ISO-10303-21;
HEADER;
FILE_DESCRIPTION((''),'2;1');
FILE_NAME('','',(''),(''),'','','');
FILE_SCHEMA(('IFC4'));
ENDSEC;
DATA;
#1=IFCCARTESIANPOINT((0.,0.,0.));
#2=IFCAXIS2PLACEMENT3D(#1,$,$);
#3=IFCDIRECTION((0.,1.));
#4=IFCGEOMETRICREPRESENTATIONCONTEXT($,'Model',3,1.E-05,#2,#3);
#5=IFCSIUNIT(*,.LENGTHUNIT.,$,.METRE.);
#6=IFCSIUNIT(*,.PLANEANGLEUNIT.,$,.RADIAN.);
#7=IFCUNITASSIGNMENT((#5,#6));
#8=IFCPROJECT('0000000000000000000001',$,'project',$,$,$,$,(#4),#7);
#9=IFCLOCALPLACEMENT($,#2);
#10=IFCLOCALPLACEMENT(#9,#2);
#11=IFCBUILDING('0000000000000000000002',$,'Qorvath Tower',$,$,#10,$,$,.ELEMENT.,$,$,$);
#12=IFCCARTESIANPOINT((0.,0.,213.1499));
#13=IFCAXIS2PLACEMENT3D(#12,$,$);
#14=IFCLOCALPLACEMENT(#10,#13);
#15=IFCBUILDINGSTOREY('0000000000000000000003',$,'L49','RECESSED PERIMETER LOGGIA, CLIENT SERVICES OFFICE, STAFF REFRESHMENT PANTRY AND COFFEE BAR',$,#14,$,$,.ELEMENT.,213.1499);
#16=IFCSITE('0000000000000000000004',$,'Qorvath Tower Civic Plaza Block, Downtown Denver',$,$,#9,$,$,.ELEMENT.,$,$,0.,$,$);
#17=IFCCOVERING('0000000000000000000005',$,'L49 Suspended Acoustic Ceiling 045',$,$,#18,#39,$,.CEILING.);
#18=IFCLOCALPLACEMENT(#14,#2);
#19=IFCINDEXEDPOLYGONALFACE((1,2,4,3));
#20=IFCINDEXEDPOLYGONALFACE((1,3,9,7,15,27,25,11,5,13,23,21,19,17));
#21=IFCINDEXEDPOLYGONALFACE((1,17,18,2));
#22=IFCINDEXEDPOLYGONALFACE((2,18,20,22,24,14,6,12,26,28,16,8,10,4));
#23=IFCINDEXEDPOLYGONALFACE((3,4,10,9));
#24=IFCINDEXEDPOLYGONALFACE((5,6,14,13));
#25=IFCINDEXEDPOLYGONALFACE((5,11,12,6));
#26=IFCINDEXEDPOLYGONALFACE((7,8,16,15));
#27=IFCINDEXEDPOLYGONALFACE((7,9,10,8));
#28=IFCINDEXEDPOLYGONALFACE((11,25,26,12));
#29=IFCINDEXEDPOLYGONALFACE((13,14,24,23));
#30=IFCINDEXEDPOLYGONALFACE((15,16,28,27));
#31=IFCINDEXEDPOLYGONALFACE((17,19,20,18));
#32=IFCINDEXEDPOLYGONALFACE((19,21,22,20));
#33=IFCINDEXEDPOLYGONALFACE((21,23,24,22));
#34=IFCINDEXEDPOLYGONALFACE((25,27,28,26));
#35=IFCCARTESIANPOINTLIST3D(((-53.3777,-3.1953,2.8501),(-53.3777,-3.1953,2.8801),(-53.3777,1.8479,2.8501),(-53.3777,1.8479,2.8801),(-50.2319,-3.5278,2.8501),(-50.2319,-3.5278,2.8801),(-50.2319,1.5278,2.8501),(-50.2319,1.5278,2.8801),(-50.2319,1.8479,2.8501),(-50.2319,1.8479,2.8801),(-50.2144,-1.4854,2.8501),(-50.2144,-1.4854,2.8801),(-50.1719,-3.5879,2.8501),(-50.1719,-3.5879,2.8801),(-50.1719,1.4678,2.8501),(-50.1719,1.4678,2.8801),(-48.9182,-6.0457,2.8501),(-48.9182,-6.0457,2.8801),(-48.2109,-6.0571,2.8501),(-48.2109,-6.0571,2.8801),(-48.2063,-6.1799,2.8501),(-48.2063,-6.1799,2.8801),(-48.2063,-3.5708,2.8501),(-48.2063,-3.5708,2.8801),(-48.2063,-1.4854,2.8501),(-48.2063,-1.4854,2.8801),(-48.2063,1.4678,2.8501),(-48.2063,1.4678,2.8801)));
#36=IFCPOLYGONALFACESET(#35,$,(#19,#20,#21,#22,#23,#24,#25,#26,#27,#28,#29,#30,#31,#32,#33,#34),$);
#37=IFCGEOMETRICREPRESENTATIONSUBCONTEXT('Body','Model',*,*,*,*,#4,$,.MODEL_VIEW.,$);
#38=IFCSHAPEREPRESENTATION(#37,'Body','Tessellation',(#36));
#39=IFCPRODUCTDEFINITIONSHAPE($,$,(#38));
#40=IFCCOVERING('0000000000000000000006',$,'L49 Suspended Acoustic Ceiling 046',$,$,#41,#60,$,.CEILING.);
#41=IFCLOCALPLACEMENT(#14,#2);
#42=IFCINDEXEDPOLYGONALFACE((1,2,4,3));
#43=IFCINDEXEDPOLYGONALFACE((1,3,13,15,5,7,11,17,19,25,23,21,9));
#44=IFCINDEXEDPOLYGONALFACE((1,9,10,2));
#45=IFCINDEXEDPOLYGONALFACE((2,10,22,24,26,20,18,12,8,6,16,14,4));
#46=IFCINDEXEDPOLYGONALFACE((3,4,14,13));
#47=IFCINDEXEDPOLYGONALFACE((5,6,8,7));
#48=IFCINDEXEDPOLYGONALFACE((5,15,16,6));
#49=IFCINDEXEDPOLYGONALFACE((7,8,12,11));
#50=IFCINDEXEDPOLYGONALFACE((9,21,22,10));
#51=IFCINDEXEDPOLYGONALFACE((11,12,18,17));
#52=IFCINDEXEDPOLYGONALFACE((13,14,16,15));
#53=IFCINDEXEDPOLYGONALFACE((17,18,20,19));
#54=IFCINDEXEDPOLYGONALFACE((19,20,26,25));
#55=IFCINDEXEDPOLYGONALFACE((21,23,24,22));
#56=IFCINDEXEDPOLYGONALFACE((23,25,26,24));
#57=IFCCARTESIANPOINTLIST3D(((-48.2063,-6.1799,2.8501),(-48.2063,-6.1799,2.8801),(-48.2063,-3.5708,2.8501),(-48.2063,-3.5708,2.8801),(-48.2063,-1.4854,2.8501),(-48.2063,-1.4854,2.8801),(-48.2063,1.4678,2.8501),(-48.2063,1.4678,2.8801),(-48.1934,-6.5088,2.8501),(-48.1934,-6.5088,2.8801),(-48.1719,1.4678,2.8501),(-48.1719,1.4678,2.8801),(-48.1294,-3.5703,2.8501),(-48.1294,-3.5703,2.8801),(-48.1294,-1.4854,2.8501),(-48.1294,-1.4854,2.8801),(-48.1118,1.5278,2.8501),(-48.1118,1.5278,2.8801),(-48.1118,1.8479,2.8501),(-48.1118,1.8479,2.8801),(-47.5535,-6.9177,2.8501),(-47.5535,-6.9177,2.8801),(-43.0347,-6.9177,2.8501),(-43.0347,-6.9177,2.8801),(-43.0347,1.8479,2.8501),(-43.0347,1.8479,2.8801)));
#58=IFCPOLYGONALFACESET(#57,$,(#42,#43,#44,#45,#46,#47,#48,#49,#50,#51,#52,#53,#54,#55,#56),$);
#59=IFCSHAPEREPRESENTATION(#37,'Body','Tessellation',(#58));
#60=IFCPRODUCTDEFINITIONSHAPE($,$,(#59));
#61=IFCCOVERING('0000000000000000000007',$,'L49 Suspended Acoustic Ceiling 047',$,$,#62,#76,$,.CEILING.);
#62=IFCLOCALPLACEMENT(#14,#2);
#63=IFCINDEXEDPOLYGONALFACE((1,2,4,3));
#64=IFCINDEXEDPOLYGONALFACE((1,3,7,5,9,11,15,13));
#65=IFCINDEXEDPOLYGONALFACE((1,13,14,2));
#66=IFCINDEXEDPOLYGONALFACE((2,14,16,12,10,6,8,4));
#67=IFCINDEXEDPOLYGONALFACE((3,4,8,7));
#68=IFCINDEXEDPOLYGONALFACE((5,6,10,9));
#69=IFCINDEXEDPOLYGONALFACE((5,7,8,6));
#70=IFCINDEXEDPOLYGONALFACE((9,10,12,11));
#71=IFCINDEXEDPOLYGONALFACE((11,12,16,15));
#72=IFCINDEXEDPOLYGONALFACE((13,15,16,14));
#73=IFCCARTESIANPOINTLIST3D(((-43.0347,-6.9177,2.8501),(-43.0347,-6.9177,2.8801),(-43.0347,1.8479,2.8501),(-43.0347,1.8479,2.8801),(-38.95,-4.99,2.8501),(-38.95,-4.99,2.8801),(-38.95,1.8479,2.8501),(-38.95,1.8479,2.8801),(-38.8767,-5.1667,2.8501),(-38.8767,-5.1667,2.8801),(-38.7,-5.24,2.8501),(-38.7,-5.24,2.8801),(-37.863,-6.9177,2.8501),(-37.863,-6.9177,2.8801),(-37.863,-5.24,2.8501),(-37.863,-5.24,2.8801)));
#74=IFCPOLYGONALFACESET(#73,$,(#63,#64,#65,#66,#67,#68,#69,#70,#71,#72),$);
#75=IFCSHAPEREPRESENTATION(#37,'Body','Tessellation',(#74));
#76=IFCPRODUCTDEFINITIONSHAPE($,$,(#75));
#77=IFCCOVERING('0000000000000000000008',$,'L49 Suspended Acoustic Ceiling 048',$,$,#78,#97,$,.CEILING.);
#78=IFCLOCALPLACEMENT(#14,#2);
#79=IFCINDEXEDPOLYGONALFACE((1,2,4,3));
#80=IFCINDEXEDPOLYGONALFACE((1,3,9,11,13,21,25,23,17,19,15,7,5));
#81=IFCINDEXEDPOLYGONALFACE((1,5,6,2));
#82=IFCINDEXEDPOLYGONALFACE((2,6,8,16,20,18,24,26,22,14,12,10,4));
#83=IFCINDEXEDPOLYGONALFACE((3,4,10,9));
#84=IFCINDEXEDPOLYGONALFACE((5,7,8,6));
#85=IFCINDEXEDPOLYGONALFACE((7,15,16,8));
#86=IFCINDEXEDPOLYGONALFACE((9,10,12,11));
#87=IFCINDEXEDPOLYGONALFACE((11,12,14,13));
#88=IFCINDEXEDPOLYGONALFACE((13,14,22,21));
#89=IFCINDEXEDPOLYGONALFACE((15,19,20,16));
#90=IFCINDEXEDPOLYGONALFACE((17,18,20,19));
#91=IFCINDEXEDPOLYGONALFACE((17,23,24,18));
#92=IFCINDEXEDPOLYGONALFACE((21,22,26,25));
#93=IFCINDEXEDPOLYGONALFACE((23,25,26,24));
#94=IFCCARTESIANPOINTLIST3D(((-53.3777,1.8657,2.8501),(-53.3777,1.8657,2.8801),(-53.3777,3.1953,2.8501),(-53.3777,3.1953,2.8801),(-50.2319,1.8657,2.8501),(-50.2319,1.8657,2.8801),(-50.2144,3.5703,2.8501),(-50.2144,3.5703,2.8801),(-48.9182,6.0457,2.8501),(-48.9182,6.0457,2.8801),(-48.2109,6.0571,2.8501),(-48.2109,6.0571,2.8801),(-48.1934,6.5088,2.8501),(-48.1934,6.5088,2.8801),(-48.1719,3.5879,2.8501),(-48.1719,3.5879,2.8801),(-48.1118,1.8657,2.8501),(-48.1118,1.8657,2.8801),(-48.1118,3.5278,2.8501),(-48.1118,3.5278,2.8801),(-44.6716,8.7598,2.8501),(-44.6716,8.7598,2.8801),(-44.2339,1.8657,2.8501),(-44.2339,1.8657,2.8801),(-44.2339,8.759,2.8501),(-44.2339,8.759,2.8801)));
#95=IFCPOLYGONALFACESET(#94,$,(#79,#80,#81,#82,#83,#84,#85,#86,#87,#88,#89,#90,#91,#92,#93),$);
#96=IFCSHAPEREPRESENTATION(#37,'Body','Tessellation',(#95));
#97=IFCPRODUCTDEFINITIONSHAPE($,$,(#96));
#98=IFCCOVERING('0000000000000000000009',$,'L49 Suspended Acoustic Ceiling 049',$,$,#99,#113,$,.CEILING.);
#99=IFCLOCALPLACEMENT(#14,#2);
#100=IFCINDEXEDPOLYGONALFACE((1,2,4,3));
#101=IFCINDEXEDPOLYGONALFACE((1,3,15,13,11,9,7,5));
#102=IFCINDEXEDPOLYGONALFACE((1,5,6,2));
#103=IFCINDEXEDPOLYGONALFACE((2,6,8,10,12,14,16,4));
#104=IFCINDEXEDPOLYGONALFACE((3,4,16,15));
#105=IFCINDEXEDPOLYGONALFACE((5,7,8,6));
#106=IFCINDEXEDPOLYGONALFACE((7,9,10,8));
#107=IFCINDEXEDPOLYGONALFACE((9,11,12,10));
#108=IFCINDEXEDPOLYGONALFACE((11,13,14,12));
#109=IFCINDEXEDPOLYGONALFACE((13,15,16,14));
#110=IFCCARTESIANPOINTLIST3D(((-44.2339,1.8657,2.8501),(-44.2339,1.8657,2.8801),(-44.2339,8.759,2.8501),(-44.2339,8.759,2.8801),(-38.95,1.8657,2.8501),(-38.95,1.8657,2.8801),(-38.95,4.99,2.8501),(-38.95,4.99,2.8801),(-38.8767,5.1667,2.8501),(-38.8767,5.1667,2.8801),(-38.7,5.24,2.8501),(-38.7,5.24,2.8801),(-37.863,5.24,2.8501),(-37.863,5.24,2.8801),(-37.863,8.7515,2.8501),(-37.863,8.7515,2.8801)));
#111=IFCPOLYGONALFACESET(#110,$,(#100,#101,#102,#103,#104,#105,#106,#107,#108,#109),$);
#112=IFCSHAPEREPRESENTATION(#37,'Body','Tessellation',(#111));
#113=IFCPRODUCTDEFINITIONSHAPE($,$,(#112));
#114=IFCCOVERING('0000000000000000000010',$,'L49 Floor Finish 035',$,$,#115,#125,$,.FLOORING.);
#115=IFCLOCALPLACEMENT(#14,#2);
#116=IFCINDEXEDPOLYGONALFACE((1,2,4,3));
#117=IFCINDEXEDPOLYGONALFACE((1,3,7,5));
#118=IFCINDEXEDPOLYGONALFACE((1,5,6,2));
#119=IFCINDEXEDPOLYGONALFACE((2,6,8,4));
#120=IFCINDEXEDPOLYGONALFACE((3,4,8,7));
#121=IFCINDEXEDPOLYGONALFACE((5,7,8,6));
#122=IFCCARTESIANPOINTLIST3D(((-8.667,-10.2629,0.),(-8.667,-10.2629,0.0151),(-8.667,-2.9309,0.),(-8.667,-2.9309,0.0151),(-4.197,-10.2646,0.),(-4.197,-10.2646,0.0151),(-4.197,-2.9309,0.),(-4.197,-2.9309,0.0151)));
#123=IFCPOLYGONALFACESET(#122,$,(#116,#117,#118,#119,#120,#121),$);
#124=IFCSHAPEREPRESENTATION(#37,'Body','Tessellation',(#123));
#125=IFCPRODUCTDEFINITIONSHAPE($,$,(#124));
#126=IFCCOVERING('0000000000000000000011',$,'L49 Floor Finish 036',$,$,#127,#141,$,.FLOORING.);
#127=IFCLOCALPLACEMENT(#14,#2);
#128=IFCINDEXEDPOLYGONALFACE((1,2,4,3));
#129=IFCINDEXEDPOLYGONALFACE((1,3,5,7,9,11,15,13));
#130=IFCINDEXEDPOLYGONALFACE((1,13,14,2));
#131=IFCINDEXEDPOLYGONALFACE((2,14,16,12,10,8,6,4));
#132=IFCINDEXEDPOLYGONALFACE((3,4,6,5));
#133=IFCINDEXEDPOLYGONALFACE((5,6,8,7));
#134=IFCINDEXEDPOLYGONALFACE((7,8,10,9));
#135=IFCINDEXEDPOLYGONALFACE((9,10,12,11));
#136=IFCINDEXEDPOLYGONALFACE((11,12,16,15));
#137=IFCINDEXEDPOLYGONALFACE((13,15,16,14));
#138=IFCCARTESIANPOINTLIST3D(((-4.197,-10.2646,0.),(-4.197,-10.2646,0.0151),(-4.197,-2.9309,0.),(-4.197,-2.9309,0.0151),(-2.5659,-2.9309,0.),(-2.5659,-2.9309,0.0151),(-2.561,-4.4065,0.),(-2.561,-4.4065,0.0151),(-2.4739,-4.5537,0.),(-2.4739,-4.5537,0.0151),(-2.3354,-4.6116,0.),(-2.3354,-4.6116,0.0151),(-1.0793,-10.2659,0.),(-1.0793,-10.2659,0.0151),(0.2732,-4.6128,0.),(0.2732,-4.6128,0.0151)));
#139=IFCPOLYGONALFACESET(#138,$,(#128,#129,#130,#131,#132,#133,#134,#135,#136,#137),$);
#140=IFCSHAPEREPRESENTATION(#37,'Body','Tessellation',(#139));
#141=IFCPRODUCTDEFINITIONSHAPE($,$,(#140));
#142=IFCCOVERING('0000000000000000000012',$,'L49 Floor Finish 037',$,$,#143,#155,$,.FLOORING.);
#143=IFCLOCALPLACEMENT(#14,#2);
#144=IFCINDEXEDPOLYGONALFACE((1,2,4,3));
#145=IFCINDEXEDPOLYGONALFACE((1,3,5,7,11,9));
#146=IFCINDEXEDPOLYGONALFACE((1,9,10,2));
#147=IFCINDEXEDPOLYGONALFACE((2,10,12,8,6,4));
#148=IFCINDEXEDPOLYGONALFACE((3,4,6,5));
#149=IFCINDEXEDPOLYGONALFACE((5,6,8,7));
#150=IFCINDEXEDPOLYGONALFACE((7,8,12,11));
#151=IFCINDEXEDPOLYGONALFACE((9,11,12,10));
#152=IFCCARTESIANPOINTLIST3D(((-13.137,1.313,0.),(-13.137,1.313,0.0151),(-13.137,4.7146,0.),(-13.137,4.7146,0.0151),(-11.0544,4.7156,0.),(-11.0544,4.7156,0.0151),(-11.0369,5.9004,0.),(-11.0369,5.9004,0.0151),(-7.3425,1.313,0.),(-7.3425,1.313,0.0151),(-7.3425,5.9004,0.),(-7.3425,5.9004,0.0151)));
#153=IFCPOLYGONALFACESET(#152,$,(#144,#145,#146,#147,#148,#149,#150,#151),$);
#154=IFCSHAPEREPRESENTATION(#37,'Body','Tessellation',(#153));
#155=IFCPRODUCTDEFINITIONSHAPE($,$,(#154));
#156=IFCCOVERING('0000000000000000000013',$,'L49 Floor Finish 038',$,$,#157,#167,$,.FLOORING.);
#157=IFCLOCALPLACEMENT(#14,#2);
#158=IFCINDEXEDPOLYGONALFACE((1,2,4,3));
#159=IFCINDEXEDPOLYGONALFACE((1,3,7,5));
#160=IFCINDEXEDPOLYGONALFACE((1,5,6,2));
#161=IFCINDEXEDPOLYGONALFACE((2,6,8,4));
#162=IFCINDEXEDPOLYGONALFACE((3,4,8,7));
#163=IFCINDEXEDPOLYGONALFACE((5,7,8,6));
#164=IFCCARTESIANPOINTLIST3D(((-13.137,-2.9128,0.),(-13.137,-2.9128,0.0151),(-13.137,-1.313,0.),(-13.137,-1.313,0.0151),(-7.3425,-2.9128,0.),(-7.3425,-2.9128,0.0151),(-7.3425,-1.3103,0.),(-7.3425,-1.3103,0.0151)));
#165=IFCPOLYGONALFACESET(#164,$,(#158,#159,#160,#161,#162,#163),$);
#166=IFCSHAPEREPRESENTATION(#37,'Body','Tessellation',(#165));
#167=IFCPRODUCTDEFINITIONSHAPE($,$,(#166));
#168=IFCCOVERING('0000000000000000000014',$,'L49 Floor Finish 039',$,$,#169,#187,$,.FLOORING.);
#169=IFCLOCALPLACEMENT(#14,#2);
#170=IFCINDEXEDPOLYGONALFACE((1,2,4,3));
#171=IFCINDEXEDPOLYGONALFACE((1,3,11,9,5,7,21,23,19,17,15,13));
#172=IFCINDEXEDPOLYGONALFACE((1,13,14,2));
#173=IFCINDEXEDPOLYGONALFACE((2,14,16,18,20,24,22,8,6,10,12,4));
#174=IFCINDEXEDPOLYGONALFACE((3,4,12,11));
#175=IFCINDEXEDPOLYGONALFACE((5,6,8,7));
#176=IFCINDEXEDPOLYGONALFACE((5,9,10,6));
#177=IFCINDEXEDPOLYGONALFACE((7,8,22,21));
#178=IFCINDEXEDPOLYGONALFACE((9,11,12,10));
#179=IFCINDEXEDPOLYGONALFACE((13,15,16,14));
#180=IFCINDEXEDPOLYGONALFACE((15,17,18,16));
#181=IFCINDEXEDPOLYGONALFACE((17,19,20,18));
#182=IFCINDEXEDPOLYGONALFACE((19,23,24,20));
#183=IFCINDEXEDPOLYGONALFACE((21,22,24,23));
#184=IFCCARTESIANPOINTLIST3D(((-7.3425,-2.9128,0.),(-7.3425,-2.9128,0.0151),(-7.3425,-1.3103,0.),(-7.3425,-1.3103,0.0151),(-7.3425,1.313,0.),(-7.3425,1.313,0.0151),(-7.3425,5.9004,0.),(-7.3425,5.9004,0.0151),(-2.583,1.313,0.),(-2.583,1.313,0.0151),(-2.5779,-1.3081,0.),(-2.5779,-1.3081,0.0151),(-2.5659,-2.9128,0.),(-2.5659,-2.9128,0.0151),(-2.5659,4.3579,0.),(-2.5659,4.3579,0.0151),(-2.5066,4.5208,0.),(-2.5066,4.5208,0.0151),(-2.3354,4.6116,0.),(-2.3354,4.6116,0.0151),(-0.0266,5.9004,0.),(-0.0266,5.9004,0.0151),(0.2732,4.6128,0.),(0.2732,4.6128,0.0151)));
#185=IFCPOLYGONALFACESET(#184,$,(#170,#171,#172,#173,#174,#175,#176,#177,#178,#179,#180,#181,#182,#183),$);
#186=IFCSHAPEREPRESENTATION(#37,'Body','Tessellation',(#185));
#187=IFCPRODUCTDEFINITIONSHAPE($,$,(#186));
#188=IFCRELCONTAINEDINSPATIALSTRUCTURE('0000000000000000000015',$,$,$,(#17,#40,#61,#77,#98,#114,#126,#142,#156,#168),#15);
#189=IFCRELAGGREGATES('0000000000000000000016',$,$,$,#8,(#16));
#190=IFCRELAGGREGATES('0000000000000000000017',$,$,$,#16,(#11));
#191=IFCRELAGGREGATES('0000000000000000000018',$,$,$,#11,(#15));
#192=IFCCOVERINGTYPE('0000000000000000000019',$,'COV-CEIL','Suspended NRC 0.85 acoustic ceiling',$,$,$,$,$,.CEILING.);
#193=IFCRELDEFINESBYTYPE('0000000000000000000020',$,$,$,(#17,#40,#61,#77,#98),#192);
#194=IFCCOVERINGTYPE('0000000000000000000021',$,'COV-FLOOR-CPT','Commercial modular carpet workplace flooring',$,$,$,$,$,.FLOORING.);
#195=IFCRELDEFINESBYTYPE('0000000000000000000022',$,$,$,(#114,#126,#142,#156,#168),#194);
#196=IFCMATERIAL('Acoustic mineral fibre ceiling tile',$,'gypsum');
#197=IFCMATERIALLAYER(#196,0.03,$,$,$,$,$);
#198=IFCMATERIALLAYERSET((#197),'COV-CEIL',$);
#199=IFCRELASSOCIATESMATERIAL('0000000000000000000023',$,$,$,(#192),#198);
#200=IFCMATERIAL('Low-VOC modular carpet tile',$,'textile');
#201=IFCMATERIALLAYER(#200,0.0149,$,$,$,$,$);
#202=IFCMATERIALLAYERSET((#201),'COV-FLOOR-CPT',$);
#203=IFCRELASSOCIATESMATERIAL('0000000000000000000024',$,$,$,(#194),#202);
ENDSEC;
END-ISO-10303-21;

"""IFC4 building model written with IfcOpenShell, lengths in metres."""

from ifc_helpers import new_model, si_unit, direction, frame, origin, place, context, subcontext, project, spatial, polyline, outline, extrude, material, layer, layer_set, type_object, element, save


model = new_model("IFC4")

# Units and contexts
model_context = context("Model", 3, precision=1e-05, world=origin(), true_north=direction((0.0, 1.0)))
body_context = subcontext(model_context, "Body", "Model", "MODEL_VIEW")
ifc_project = project(units=[si_unit("LENGTHUNIT", "METRE"), si_unit("PLANEANGLEUNIT", "RADIAN")], contexts=[model_context])

# Site, building, storey
site_placement = place(None, origin())
site = spatial("IfcSite", under=ifc_project, at=site_placement, Name="Qorvath Tower Civic Plaza Block, Downtown Denver", CompositionType="ELEMENT", RefElevation=0.0)
building_placement = place(site_placement, origin())
building = spatial("IfcBuilding", under=site, at=building_placement, Name="Qorvath Tower", CompositionType="ELEMENT")
storey_placement = place(building_placement, frame((0.0, 0.0, 213.1499)))
storey = spatial("IfcBuildingStorey", under=building, at=storey_placement, Name="L49", Description="RECESSED PERIMETER LOGGIA, CLIENT SERVICES OFFICE, STAFF REFRESHMENT PANTRY AND COFFEE BAR", CompositionType="ELEMENT", Elevation=213.1499)

# Coverings
ifc_material_1 = material(Name="Acoustic mineral fibre ceiling tile", Category="gypsum")
ifc_layer_1 = layer(ifc_material_1, 0.03)
ifc_layer_set_1 = layer_set([ifc_layer_1], Name="COV-CEIL")
covering_type_1 = type_object("IfcCoveringType", Name="COV-CEIL", Description="Suspended NRC 0.85 acoustic ceiling", PredefinedType="CEILING", material=ifc_layer_set_1)
covering_1_placement = place(storey_placement, frame((0.0, 0.0, 2.8501)))
element("IfcCovering", 1, at=covering_1_placement, inside=storey, type_object=covering_type_1, Name="L49 Suspended Acoustic Ceiling 045", PredefinedType="CEILING", context=body_context, shape_type="SweptSolid", body=[
    extrude(outline(polyline([(-53.3777, 1.8479), (-53.3777, -3.1953), (-48.9182, -6.0457), (-48.2109, -6.0571), (-48.2063, -6.1799), (-48.2063, -3.5708), (-50.1719, -3.5879), (-50.2319, -3.5278), (-50.2144, -1.4854), (-48.2063, -1.4854), (-48.2063, 1.4678), (-50.1719, 1.4678), (-50.2319, 1.5278), (-50.2319, 1.8479), (-53.3777, 1.8479)])), origin(), (0.0, 0.0, 1.0), 0.03),
])
covering_2_placement = place(storey_placement, frame((0.0, 0.0, 2.8501)))
element("IfcCovering", 2, at=covering_2_placement, inside=storey, type_object=covering_type_1, Name="L49 Suspended Acoustic Ceiling 046", PredefinedType="CEILING", context=body_context, shape_type="SweptSolid", body=[
    extrude(outline(polyline([(-48.2063, 1.4678), (-48.2063, -1.4854), (-48.1294, -1.4854), (-48.1294, -3.5703), (-48.2063, -3.5708), (-48.2063, -6.1799), (-48.1934, -6.5088), (-47.5535, -6.9177), (-43.0347, -6.9177), (-43.0347, 1.8479), (-48.1118, 1.8479), (-48.1118, 1.5278), (-48.1719, 1.4678), (-48.2063, 1.4678)])), origin(), (0.0, 0.0, 1.0), 0.03),
])
covering_3_placement = place(storey_placement, frame((0.0, 0.0, 2.8501)))
element("IfcCovering", 3, at=covering_3_placement, inside=storey, type_object=covering_type_1, Name="L49 Suspended Acoustic Ceiling 047", PredefinedType="CEILING", context=body_context, shape_type="SweptSolid", body=[
    extrude(outline(polyline([(-43.0347, 1.8479), (-43.0347, -6.9177), (-37.863, -6.9177), (-37.863, -5.24), (-38.7, -5.24), (-38.8767, -5.1667), (-38.95, -4.99), (-38.95, 1.8479), (-43.0347, 1.8479)])), origin(), (0.0, 0.0, 1.0), 0.03),
])
covering_4_placement = place(storey_placement, frame((0.0, 0.0, 2.8501)))
element("IfcCovering", 4, at=covering_4_placement, inside=storey, type_object=covering_type_1, Name="L49 Suspended Acoustic Ceiling 048", PredefinedType="CEILING", context=body_context, shape_type="SweptSolid", body=[
    extrude(outline(polyline([(-44.2339, 1.8657), (-44.2339, 8.759), (-44.6716, 8.7598), (-48.1934, 6.5088), (-48.2109, 6.0571), (-48.9182, 6.0457), (-53.3777, 3.1953), (-53.3777, 1.8657), (-50.2319, 1.8657), (-50.2144, 3.5703), (-48.1719, 3.5879), (-48.1118, 3.5278), (-48.1118, 1.8657), (-44.2339, 1.8657)])), origin(), (0.0, 0.0, 1.0), 0.03),
])
covering_5_placement = place(storey_placement, frame((0.0, 0.0, 2.8501)))
element("IfcCovering", 5, at=covering_5_placement, inside=storey, type_object=covering_type_1, Name="L49 Suspended Acoustic Ceiling 049", PredefinedType="CEILING", context=body_context, shape_type="SweptSolid", body=[
    extrude(outline(polyline([(-37.863, 8.7515), (-44.2339, 8.759), (-44.2339, 1.8657), (-38.95, 1.8657), (-38.95, 4.99), (-38.8767, 5.1667), (-38.7, 5.24), (-37.863, 5.24), (-37.863, 8.7515)])), origin(), (0.0, 0.0, 1.0), 0.03),
])
ifc_material_2 = material(Name="Low-VOC modular carpet tile", Category="textile")
ifc_layer_2 = layer(ifc_material_2, 0.0149)
ifc_layer_set_2 = layer_set([ifc_layer_2], Name="COV-FLOOR-CPT")
covering_type_2 = type_object("IfcCoveringType", Name="COV-FLOOR-CPT", Description="Commercial modular carpet workplace flooring", PredefinedType="FLOORING", material=ifc_layer_set_2)
covering_6_placement = place(storey_placement, origin())
element("IfcCovering", 6, at=covering_6_placement, inside=storey, type_object=covering_type_2, Name="L49 Floor Finish 035", PredefinedType="FLOORING", context=body_context, shape_type="SweptSolid", body=[
    extrude(outline(polyline([(-4.197, -10.2646), (-4.197, -2.9309), (-8.667, -2.9309), (-8.667, -10.2629), (-4.197, -10.2646)])), origin(), (0.0, 0.0, 1.0), 0.0151),
])
covering_7_placement = place(storey_placement, origin())
element("IfcCovering", 7, at=covering_7_placement, inside=storey, type_object=covering_type_2, Name="L49 Floor Finish 036", PredefinedType="FLOORING", context=body_context, shape_type="SweptSolid", body=[
    extrude(outline(polyline([(-2.4739, -4.5537), (-2.561, -4.4065), (-2.5659, -2.9309), (-4.197, -2.9309), (-4.197, -10.2646), (-1.0793, -10.2659), (0.2732, -4.6128), (-2.3354, -4.6116), (-2.4739, -4.5537)])), origin(), (0.0, 0.0, 1.0), 0.0151),
])
covering_8_placement = place(storey_placement, origin())
element("IfcCovering", 8, at=covering_8_placement, inside=storey, type_object=covering_type_2, Name="L49 Floor Finish 037", PredefinedType="FLOORING", context=body_context, shape_type="SweptSolid", body=[
    extrude(outline(polyline([(-7.3425, 1.313), (-7.3425, 5.9004), (-11.0369, 5.9004), (-11.0544, 4.7156), (-13.137, 4.7146), (-13.137, 1.313), (-7.3425, 1.313)])), origin(), (0.0, 0.0, 1.0), 0.0151),
])
covering_9_placement = place(storey_placement, origin())
element("IfcCovering", 9, at=covering_9_placement, inside=storey, type_object=covering_type_2, Name="L49 Floor Finish 038", PredefinedType="FLOORING", context=body_context, shape_type="SweptSolid", body=[
    extrude(outline(polyline([(-7.3425, -2.9128), (-7.3425, -1.3103), (-13.137, -1.313), (-13.137, -2.9128), (-7.3425, -2.9128)])), origin(), (0.0, 0.0, 1.0), 0.0151),
])
covering_10_placement = place(storey_placement, origin())
element("IfcCovering", 10, at=covering_10_placement, inside=storey, type_object=covering_type_2, Name="L49 Floor Finish 039", PredefinedType="FLOORING", context=body_context, shape_type="SweptSolid", body=[
    extrude(outline(polyline([(-2.5066, 4.5208), (-2.3354, 4.6116), (0.2732, 4.6128), (-0.0266, 5.9004), (-7.3425, 5.9004), (-7.3425, 1.313), (-2.583, 1.313), (-2.5779, -1.3081), (-7.3425, -1.3103), (-7.3425, -2.9128), (-2.5659, -2.9128), (-2.5659, 4.3579), (-2.5066, 4.5208)])), origin(), (0.0, 0.0, 1.0), 0.0151),
])

save(model, "model.ifc")
